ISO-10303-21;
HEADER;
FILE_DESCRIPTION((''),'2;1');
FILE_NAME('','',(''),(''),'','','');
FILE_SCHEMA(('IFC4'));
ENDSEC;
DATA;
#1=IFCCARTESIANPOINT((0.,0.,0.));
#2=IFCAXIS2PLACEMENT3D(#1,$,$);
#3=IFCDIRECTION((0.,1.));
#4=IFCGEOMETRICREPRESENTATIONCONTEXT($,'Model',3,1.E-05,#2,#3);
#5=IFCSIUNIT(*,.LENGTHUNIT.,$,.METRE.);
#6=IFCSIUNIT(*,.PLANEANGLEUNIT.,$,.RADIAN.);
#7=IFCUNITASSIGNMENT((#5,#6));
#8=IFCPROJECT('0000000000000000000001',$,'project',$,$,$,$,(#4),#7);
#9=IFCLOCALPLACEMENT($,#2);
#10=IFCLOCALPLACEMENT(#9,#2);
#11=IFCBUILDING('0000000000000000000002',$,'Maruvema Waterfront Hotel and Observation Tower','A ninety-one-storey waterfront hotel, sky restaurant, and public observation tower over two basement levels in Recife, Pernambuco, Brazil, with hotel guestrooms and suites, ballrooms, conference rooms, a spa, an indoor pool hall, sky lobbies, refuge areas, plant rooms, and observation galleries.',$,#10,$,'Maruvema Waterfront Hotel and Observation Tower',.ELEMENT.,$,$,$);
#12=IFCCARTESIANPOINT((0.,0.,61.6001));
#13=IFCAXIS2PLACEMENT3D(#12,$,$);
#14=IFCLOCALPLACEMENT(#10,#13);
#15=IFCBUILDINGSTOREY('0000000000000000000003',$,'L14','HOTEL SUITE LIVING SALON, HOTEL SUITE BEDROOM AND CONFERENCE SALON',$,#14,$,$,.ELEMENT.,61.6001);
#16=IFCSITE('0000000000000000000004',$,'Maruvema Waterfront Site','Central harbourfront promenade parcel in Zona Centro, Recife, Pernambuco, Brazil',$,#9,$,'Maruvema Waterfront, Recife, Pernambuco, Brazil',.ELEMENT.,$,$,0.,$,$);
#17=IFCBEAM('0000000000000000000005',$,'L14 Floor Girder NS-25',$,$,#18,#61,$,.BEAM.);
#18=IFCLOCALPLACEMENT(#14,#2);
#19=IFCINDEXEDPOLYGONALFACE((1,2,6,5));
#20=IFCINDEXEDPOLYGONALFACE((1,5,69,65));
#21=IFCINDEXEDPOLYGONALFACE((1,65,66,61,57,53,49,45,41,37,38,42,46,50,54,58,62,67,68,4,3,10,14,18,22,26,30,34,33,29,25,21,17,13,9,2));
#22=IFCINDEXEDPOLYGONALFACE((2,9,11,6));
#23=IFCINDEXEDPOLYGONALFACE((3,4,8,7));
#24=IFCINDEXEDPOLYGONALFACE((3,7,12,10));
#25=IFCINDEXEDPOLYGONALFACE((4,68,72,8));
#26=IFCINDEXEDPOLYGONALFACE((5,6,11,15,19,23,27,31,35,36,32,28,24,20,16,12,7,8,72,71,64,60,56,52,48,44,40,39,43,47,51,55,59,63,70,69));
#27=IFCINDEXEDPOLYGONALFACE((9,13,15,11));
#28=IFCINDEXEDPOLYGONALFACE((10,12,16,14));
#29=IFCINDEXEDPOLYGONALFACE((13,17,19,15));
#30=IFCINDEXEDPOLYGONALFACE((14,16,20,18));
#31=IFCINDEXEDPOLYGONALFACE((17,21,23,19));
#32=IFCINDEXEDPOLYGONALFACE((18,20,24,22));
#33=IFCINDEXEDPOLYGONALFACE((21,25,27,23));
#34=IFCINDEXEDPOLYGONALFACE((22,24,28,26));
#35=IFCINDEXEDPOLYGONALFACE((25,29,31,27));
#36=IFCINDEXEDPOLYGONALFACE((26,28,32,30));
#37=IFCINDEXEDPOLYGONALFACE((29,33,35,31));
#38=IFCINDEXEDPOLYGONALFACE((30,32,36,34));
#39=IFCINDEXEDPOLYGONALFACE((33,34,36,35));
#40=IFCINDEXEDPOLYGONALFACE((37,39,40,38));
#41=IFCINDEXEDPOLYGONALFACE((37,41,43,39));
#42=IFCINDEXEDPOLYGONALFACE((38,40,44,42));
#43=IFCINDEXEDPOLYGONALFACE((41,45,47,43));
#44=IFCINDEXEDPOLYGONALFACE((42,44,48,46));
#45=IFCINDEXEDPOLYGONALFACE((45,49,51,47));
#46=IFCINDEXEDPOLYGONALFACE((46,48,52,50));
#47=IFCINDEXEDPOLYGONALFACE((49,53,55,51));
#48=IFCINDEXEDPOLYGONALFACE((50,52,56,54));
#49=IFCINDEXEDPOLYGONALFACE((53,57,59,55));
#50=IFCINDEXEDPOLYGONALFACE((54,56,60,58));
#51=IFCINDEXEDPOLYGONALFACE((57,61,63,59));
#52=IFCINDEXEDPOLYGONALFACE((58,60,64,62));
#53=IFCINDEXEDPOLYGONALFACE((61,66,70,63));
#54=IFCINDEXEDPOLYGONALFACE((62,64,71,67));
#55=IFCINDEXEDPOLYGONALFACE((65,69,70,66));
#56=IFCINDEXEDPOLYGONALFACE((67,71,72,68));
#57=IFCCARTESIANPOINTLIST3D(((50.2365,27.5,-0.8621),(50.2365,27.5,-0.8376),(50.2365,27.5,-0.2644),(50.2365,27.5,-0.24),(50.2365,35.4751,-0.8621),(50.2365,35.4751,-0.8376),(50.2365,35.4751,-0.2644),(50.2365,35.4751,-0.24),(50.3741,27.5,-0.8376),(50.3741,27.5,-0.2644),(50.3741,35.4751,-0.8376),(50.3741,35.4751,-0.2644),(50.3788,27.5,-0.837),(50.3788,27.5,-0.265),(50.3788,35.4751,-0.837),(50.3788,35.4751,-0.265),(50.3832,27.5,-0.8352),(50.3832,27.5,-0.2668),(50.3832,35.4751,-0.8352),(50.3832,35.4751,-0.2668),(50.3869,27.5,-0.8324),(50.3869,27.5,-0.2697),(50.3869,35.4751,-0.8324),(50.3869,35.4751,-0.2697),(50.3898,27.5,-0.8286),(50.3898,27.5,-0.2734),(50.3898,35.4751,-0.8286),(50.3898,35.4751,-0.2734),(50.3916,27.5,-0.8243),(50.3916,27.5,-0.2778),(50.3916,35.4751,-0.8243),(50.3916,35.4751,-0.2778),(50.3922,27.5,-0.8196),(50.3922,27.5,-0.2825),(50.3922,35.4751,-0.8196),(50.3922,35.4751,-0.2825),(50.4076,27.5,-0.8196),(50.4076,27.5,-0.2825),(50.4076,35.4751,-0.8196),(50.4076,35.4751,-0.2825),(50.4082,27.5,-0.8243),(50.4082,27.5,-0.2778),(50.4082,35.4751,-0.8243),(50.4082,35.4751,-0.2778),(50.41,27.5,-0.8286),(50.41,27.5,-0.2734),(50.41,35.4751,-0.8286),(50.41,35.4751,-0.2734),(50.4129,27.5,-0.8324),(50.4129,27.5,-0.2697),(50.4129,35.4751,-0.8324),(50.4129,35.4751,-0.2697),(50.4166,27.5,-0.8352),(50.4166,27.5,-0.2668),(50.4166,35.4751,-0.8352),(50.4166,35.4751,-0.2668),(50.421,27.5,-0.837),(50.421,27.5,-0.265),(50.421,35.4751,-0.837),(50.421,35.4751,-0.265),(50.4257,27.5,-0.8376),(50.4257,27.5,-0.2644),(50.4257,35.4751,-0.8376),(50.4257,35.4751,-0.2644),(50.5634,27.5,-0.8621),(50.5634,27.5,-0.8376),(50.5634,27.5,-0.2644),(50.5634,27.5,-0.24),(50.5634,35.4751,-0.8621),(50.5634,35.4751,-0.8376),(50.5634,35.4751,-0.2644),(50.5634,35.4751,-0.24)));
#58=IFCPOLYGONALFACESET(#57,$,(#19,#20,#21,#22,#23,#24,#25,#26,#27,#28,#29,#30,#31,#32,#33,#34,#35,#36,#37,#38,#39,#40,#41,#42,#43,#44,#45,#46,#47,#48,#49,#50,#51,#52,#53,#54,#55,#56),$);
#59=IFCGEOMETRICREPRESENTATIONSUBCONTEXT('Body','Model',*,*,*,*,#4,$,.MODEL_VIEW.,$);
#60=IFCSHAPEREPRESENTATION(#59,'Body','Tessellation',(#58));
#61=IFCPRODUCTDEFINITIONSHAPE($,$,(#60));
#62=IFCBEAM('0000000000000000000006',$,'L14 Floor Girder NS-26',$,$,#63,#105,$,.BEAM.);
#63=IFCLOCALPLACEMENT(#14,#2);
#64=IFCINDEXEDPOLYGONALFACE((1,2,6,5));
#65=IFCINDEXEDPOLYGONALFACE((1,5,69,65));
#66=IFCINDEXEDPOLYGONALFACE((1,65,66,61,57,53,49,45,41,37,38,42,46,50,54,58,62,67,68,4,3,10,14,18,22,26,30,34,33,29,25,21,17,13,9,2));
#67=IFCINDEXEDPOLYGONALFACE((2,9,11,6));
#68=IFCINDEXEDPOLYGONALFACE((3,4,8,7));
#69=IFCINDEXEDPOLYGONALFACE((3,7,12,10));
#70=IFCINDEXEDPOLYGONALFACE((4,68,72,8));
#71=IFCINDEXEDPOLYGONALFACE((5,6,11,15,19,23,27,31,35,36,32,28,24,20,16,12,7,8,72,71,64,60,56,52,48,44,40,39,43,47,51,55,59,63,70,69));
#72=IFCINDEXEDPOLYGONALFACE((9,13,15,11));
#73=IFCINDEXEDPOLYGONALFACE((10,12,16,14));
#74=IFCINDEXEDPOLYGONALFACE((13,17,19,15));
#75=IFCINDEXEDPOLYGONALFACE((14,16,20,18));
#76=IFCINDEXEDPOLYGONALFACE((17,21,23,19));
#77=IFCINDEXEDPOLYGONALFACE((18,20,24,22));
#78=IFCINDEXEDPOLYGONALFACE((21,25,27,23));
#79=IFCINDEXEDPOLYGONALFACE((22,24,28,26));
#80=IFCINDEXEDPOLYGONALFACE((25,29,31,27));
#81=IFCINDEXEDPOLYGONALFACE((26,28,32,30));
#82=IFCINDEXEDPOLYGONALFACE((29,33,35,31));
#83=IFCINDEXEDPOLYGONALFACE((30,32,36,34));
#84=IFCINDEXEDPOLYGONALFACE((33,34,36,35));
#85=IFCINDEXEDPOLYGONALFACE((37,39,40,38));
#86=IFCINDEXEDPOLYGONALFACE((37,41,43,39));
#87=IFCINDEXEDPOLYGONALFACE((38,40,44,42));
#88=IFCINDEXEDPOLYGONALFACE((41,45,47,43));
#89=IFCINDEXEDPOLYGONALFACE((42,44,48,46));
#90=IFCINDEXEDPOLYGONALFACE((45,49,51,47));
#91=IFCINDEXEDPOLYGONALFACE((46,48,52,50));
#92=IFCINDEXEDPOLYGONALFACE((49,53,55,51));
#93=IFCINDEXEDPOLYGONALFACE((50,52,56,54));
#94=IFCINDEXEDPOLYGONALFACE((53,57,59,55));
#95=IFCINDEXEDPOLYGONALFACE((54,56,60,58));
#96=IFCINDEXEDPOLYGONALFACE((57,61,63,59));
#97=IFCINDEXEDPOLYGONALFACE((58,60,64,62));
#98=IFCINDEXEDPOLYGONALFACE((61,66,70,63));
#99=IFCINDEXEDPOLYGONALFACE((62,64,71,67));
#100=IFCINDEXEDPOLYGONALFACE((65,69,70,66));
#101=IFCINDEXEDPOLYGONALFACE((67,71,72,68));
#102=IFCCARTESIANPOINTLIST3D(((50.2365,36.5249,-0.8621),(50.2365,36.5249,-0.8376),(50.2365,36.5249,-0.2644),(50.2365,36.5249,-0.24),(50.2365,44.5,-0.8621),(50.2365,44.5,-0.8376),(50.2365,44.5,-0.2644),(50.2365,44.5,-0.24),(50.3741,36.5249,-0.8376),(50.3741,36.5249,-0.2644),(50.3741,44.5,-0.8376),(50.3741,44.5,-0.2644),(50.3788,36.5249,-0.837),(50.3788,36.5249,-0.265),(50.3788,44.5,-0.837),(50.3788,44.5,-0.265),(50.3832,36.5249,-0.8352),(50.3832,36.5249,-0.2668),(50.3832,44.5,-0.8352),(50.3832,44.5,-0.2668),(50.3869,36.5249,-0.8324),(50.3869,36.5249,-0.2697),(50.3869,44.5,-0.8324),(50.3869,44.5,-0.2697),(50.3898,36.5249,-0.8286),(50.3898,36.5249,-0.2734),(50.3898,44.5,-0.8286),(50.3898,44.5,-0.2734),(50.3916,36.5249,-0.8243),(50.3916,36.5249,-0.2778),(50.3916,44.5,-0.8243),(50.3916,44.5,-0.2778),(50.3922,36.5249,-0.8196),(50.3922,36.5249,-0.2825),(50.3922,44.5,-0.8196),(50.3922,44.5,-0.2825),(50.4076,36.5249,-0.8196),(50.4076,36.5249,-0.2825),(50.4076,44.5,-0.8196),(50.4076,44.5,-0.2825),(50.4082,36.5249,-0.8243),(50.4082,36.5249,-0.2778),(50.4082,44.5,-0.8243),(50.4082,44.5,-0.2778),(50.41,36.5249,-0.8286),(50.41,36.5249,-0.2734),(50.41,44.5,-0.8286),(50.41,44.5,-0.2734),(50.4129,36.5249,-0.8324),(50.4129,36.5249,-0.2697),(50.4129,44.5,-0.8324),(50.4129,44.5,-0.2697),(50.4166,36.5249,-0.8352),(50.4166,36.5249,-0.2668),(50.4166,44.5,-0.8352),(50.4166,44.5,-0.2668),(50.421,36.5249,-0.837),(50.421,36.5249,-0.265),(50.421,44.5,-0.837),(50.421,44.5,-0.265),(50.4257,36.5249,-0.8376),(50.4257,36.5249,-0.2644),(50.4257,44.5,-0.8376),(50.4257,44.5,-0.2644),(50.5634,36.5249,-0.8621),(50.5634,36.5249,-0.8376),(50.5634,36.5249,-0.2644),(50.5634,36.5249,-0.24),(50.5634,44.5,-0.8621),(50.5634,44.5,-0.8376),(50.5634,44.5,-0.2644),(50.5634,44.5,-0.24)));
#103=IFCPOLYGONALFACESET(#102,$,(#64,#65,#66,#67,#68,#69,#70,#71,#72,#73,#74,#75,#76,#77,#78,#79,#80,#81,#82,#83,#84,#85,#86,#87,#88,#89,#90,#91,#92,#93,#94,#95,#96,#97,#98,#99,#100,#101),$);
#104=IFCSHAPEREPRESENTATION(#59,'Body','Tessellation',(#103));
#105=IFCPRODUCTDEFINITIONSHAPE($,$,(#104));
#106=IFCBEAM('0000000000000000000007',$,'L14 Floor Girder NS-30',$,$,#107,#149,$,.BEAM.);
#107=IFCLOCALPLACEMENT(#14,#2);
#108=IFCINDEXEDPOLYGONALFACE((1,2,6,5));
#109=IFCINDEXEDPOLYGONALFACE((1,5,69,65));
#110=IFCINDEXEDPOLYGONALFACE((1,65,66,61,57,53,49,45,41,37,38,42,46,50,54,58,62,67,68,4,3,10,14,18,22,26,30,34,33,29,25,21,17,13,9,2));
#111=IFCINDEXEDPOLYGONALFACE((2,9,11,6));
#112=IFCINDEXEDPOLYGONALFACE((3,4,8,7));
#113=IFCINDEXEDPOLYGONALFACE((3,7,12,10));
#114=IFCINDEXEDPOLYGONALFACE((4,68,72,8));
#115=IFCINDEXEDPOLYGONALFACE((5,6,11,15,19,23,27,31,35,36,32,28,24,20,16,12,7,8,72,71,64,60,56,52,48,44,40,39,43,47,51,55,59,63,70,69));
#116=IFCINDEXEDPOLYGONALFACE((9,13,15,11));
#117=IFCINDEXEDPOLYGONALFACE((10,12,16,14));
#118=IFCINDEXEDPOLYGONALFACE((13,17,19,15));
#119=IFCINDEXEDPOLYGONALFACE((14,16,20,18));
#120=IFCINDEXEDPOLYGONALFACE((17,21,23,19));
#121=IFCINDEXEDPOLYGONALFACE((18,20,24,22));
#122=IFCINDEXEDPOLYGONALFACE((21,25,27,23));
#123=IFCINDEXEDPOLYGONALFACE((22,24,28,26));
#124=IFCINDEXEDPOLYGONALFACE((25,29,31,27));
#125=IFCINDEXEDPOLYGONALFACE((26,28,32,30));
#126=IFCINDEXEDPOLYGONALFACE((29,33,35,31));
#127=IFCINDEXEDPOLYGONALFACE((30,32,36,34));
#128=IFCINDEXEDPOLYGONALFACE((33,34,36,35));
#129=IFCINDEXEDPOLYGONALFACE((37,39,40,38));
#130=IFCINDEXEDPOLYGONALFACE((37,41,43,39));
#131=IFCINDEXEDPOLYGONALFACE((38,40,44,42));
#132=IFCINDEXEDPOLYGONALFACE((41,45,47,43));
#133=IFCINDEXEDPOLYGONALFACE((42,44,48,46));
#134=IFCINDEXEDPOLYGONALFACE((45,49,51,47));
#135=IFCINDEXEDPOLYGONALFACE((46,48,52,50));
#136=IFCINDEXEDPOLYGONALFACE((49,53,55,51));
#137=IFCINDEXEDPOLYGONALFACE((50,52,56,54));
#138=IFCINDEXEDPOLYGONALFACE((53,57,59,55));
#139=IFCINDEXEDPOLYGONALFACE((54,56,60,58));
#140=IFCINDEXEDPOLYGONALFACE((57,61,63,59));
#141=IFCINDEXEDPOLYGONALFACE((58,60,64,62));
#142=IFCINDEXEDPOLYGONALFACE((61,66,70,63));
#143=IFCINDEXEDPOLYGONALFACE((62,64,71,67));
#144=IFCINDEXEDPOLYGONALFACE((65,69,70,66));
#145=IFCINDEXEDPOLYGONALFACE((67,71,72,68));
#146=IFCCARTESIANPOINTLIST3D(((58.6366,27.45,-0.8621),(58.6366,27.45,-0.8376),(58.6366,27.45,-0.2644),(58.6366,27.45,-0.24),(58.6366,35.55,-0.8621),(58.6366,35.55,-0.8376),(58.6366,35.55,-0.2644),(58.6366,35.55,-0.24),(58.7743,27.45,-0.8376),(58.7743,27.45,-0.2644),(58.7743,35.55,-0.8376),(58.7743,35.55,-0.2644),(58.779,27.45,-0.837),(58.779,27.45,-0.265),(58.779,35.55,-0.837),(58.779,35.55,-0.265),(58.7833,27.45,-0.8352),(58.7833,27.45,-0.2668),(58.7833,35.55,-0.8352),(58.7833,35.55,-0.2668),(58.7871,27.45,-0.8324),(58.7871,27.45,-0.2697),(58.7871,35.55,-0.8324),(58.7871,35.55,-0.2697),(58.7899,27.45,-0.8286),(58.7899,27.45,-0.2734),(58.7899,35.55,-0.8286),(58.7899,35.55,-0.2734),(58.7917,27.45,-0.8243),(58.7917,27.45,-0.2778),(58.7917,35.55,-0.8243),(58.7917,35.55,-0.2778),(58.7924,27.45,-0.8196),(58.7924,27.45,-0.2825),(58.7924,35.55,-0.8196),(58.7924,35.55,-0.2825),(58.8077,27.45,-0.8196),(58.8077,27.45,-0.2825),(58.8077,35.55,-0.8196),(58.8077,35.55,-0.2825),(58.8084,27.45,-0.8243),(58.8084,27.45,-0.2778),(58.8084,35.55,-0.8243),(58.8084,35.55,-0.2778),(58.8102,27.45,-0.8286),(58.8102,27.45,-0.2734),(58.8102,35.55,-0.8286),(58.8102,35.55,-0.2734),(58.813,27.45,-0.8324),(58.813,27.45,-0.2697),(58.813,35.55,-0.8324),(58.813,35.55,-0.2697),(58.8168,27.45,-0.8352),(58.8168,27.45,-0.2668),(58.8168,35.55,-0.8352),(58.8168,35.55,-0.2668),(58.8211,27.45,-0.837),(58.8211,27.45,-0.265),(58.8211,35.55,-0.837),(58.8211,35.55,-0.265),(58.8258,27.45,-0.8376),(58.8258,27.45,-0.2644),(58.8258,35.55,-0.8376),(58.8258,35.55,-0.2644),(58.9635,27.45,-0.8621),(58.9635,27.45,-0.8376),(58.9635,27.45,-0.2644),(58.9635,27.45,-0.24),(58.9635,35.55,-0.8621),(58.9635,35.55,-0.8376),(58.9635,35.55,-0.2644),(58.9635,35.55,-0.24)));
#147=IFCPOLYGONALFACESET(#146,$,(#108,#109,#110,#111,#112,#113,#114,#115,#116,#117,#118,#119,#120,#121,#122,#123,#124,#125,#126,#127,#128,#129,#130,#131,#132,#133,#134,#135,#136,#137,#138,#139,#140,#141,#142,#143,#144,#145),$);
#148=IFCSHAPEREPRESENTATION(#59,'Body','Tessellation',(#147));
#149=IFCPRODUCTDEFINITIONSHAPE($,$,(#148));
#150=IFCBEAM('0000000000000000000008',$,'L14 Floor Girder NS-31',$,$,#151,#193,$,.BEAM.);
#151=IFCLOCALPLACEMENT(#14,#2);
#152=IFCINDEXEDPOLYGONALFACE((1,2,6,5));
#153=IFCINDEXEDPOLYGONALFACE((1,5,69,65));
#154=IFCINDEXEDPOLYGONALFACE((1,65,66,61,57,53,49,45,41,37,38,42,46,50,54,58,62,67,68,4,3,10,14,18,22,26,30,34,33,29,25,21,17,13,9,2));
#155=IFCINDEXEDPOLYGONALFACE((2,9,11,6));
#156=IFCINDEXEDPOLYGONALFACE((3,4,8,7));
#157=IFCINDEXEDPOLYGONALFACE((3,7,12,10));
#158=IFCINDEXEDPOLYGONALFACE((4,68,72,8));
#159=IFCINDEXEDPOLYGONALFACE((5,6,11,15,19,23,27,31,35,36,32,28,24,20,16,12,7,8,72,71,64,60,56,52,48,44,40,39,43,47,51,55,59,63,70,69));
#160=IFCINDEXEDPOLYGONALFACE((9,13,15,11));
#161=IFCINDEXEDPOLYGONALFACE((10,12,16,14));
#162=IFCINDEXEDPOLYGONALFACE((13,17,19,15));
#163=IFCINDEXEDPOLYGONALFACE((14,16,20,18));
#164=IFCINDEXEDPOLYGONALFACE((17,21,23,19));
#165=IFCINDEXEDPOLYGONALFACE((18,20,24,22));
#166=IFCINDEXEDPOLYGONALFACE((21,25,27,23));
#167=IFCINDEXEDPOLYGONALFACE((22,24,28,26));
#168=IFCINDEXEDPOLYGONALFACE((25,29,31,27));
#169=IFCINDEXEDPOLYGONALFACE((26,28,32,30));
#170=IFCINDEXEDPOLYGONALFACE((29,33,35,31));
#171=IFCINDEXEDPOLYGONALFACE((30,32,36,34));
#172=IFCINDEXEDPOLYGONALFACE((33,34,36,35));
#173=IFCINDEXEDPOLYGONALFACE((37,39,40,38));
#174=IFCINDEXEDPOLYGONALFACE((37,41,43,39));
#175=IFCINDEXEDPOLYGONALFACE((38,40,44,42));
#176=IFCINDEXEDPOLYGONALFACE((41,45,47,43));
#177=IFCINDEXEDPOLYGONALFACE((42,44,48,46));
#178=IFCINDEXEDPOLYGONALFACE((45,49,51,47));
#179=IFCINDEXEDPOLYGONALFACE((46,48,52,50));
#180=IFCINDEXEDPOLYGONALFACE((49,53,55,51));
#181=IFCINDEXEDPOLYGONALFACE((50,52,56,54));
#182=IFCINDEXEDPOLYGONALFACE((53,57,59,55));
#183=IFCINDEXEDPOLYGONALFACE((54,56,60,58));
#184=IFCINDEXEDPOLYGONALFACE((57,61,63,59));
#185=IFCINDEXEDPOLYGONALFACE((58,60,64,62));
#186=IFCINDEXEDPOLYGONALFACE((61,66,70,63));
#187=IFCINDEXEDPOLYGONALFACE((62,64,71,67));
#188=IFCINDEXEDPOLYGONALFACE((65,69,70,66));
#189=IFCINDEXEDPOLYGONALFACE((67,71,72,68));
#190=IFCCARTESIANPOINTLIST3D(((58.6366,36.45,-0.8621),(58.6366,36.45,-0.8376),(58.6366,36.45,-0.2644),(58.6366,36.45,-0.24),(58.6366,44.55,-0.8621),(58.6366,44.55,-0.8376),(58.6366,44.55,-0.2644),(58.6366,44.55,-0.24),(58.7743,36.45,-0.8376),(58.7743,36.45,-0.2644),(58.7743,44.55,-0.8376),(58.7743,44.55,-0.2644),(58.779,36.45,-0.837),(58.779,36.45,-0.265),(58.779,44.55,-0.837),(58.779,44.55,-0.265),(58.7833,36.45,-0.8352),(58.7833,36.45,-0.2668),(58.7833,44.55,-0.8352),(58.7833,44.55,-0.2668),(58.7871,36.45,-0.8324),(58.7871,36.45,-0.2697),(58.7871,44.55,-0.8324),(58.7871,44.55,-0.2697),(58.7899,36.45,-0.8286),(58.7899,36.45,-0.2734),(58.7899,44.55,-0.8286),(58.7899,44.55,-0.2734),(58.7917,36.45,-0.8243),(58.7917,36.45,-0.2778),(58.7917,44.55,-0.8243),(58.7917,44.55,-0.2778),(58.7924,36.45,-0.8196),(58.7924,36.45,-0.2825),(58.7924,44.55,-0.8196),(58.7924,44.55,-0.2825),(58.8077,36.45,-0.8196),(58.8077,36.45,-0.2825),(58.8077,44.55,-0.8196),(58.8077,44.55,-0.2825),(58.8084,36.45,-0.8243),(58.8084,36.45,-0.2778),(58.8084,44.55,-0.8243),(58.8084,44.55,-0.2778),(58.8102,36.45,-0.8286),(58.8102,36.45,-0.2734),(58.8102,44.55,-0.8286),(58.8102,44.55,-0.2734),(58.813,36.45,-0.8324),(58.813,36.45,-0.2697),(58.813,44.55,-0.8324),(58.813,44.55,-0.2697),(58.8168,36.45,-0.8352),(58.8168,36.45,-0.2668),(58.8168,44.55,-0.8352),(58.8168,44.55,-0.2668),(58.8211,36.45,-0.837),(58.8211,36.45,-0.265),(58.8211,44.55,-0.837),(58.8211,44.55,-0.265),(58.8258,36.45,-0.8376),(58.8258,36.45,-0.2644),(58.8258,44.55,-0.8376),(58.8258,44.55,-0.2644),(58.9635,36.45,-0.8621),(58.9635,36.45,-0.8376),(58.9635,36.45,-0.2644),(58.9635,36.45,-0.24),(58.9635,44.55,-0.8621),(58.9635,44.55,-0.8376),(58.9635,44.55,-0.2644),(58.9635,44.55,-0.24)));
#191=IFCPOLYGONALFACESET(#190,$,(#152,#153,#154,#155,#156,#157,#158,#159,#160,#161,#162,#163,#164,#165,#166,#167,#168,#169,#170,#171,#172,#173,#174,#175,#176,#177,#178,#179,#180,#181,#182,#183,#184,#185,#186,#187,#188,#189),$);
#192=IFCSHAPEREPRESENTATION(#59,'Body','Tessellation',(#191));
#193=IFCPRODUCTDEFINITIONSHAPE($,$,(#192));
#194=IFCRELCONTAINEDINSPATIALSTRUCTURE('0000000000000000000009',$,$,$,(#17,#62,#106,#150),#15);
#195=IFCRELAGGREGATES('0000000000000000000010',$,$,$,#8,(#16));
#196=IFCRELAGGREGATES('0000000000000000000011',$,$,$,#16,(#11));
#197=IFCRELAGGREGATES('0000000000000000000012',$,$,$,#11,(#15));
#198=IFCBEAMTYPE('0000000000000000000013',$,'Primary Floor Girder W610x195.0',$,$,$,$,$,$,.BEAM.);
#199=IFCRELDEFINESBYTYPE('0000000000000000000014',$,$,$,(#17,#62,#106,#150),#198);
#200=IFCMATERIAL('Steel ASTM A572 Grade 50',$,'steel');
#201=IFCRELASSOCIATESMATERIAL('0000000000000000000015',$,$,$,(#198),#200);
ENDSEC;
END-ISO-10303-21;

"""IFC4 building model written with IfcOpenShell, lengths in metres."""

from ifc_helpers import new_model, si_unit, direction, frame, origin, origin_2d, place, context, subcontext, project, spatial, i_section, extrude, material, material_profile, profile_set, type_object, element, save


model = new_model("IFC4")

# Units and contexts
model_context = context("Model", 3, precision=1e-05, world=origin(), true_north=direction((0.0, 1.0)))
body_context = subcontext(model_context, "Body", "Model", "MODEL_VIEW")
ifc_project = project(units=[si_unit("LENGTHUNIT", "METRE"), si_unit("PLANEANGLEUNIT", "RADIAN")], contexts=[model_context])

# Site, building, storey
site_placement = place(None, origin())
site = spatial("IfcSite", under=ifc_project, at=site_placement, Name="Maruvema Waterfront Site", Description="Central harbourfront promenade parcel in Zona Centro, Recife, Pernambuco, Brazil", LongName="Maruvema Waterfront, Recife, Pernambuco, Brazil", CompositionType="ELEMENT", RefElevation=0.0)
building_placement = place(site_placement, origin())
building = spatial("IfcBuilding", under=site, at=building_placement, Name="Maruvema Waterfront Hotel and Observation Tower", Description="A ninety-one-storey waterfront hotel, sky restaurant, and public observation tower over two basement levels in Recife, Pernambuco, Brazil, with hotel guestrooms and suites, ballrooms, conference rooms, a spa, an indoor pool hall, sky lobbies, refuge areas, plant rooms, and observation galleries.", LongName="Maruvema Waterfront Hotel and Observation Tower", CompositionType="ELEMENT")
storey_placement = place(building_placement, frame((0.0, 0.0, 61.6001)))
storey = spatial("IfcBuildingStorey", under=building, at=storey_placement, Name="L14", Description="HOTEL SUITE LIVING SALON, HOTEL SUITE BEDROOM AND CONFERENCE SALON", CompositionType="ELEMENT", Elevation=61.6001)

# Beams
ifc_material_1 = material(Name="Steel ASTM A572 Grade 50", Category="steel")
ifc_material_profile_1 = material_profile(ifc_material_1, i_section(OverallWidth=0.3269, OverallDepth=0.6221, WebThickness=0.0154, FlangeThickness=0.0244, FilletRadius=0.0181, at=origin_2d()), Name="W610x195.0")
ifc_profile_set_1 = profile_set([ifc_material_profile_1], Name="Steel ASTM A572 Grade 50")
beam_type_1 = type_object("IfcBeamType", Name="Primary Floor Girder W610x195.0", PredefinedType="BEAM", material=ifc_profile_set_1)
for number, where, z_axis, x_axis, name in (
    (1, (50.3999, 27.5, -0.551), (0.0, 1.0, 0.0), (-1.0, 0.0, 0.0), "L14 Floor Girder NS-25"),
    (2, (50.3999, 36.5249, -0.551), (0.0, 1.0, 0.0), (-1.0, 0.0, 0.0), "L14 Floor Girder NS-26"),
):
    element("IfcBeam", number, at=place(storey_placement, frame(where, z_axis=z_axis, x_axis=x_axis)), inside=storey, type_object=beam_type_1, Name=name, PredefinedType="BEAM", context=body_context, shape_type="SweptSolid", body=[
        extrude(i_section(OverallWidth=0.3269, OverallDepth=0.6221, WebThickness=0.0154, FlangeThickness=0.0244, FilletRadius=0.0181, at=origin_2d()), origin(), (0.0, 0.0, 1.0), 7.9751),
    ])
for number, where, z_axis, x_axis, name in (
    (3, (58.8, 27.45, -0.551), (0.0, 1.0, 0.0), (-1.0, 0.0, 0.0), "L14 Floor Girder NS-30"),
    (4, (58.8, 36.45, -0.551), (0.0, 1.0, 0.0), (-1.0, 0.0, 0.0), "L14 Floor Girder NS-31"),
):
    element("IfcBeam", number, at=place(storey_placement, frame(where, z_axis=z_axis, x_axis=x_axis)), inside=storey, type_object=beam_type_1, Name=name, PredefinedType="BEAM", context=body_context, shape_type="SweptSolid", body=[
        extrude(i_section(OverallWidth=0.3269, OverallDepth=0.6221, WebThickness=0.0154, FlangeThickness=0.0244, FilletRadius=0.0181, at=origin_2d()), origin(), (0.0, 0.0, 1.0), 8.1001),
    ])

save(model, "model.ifc")
